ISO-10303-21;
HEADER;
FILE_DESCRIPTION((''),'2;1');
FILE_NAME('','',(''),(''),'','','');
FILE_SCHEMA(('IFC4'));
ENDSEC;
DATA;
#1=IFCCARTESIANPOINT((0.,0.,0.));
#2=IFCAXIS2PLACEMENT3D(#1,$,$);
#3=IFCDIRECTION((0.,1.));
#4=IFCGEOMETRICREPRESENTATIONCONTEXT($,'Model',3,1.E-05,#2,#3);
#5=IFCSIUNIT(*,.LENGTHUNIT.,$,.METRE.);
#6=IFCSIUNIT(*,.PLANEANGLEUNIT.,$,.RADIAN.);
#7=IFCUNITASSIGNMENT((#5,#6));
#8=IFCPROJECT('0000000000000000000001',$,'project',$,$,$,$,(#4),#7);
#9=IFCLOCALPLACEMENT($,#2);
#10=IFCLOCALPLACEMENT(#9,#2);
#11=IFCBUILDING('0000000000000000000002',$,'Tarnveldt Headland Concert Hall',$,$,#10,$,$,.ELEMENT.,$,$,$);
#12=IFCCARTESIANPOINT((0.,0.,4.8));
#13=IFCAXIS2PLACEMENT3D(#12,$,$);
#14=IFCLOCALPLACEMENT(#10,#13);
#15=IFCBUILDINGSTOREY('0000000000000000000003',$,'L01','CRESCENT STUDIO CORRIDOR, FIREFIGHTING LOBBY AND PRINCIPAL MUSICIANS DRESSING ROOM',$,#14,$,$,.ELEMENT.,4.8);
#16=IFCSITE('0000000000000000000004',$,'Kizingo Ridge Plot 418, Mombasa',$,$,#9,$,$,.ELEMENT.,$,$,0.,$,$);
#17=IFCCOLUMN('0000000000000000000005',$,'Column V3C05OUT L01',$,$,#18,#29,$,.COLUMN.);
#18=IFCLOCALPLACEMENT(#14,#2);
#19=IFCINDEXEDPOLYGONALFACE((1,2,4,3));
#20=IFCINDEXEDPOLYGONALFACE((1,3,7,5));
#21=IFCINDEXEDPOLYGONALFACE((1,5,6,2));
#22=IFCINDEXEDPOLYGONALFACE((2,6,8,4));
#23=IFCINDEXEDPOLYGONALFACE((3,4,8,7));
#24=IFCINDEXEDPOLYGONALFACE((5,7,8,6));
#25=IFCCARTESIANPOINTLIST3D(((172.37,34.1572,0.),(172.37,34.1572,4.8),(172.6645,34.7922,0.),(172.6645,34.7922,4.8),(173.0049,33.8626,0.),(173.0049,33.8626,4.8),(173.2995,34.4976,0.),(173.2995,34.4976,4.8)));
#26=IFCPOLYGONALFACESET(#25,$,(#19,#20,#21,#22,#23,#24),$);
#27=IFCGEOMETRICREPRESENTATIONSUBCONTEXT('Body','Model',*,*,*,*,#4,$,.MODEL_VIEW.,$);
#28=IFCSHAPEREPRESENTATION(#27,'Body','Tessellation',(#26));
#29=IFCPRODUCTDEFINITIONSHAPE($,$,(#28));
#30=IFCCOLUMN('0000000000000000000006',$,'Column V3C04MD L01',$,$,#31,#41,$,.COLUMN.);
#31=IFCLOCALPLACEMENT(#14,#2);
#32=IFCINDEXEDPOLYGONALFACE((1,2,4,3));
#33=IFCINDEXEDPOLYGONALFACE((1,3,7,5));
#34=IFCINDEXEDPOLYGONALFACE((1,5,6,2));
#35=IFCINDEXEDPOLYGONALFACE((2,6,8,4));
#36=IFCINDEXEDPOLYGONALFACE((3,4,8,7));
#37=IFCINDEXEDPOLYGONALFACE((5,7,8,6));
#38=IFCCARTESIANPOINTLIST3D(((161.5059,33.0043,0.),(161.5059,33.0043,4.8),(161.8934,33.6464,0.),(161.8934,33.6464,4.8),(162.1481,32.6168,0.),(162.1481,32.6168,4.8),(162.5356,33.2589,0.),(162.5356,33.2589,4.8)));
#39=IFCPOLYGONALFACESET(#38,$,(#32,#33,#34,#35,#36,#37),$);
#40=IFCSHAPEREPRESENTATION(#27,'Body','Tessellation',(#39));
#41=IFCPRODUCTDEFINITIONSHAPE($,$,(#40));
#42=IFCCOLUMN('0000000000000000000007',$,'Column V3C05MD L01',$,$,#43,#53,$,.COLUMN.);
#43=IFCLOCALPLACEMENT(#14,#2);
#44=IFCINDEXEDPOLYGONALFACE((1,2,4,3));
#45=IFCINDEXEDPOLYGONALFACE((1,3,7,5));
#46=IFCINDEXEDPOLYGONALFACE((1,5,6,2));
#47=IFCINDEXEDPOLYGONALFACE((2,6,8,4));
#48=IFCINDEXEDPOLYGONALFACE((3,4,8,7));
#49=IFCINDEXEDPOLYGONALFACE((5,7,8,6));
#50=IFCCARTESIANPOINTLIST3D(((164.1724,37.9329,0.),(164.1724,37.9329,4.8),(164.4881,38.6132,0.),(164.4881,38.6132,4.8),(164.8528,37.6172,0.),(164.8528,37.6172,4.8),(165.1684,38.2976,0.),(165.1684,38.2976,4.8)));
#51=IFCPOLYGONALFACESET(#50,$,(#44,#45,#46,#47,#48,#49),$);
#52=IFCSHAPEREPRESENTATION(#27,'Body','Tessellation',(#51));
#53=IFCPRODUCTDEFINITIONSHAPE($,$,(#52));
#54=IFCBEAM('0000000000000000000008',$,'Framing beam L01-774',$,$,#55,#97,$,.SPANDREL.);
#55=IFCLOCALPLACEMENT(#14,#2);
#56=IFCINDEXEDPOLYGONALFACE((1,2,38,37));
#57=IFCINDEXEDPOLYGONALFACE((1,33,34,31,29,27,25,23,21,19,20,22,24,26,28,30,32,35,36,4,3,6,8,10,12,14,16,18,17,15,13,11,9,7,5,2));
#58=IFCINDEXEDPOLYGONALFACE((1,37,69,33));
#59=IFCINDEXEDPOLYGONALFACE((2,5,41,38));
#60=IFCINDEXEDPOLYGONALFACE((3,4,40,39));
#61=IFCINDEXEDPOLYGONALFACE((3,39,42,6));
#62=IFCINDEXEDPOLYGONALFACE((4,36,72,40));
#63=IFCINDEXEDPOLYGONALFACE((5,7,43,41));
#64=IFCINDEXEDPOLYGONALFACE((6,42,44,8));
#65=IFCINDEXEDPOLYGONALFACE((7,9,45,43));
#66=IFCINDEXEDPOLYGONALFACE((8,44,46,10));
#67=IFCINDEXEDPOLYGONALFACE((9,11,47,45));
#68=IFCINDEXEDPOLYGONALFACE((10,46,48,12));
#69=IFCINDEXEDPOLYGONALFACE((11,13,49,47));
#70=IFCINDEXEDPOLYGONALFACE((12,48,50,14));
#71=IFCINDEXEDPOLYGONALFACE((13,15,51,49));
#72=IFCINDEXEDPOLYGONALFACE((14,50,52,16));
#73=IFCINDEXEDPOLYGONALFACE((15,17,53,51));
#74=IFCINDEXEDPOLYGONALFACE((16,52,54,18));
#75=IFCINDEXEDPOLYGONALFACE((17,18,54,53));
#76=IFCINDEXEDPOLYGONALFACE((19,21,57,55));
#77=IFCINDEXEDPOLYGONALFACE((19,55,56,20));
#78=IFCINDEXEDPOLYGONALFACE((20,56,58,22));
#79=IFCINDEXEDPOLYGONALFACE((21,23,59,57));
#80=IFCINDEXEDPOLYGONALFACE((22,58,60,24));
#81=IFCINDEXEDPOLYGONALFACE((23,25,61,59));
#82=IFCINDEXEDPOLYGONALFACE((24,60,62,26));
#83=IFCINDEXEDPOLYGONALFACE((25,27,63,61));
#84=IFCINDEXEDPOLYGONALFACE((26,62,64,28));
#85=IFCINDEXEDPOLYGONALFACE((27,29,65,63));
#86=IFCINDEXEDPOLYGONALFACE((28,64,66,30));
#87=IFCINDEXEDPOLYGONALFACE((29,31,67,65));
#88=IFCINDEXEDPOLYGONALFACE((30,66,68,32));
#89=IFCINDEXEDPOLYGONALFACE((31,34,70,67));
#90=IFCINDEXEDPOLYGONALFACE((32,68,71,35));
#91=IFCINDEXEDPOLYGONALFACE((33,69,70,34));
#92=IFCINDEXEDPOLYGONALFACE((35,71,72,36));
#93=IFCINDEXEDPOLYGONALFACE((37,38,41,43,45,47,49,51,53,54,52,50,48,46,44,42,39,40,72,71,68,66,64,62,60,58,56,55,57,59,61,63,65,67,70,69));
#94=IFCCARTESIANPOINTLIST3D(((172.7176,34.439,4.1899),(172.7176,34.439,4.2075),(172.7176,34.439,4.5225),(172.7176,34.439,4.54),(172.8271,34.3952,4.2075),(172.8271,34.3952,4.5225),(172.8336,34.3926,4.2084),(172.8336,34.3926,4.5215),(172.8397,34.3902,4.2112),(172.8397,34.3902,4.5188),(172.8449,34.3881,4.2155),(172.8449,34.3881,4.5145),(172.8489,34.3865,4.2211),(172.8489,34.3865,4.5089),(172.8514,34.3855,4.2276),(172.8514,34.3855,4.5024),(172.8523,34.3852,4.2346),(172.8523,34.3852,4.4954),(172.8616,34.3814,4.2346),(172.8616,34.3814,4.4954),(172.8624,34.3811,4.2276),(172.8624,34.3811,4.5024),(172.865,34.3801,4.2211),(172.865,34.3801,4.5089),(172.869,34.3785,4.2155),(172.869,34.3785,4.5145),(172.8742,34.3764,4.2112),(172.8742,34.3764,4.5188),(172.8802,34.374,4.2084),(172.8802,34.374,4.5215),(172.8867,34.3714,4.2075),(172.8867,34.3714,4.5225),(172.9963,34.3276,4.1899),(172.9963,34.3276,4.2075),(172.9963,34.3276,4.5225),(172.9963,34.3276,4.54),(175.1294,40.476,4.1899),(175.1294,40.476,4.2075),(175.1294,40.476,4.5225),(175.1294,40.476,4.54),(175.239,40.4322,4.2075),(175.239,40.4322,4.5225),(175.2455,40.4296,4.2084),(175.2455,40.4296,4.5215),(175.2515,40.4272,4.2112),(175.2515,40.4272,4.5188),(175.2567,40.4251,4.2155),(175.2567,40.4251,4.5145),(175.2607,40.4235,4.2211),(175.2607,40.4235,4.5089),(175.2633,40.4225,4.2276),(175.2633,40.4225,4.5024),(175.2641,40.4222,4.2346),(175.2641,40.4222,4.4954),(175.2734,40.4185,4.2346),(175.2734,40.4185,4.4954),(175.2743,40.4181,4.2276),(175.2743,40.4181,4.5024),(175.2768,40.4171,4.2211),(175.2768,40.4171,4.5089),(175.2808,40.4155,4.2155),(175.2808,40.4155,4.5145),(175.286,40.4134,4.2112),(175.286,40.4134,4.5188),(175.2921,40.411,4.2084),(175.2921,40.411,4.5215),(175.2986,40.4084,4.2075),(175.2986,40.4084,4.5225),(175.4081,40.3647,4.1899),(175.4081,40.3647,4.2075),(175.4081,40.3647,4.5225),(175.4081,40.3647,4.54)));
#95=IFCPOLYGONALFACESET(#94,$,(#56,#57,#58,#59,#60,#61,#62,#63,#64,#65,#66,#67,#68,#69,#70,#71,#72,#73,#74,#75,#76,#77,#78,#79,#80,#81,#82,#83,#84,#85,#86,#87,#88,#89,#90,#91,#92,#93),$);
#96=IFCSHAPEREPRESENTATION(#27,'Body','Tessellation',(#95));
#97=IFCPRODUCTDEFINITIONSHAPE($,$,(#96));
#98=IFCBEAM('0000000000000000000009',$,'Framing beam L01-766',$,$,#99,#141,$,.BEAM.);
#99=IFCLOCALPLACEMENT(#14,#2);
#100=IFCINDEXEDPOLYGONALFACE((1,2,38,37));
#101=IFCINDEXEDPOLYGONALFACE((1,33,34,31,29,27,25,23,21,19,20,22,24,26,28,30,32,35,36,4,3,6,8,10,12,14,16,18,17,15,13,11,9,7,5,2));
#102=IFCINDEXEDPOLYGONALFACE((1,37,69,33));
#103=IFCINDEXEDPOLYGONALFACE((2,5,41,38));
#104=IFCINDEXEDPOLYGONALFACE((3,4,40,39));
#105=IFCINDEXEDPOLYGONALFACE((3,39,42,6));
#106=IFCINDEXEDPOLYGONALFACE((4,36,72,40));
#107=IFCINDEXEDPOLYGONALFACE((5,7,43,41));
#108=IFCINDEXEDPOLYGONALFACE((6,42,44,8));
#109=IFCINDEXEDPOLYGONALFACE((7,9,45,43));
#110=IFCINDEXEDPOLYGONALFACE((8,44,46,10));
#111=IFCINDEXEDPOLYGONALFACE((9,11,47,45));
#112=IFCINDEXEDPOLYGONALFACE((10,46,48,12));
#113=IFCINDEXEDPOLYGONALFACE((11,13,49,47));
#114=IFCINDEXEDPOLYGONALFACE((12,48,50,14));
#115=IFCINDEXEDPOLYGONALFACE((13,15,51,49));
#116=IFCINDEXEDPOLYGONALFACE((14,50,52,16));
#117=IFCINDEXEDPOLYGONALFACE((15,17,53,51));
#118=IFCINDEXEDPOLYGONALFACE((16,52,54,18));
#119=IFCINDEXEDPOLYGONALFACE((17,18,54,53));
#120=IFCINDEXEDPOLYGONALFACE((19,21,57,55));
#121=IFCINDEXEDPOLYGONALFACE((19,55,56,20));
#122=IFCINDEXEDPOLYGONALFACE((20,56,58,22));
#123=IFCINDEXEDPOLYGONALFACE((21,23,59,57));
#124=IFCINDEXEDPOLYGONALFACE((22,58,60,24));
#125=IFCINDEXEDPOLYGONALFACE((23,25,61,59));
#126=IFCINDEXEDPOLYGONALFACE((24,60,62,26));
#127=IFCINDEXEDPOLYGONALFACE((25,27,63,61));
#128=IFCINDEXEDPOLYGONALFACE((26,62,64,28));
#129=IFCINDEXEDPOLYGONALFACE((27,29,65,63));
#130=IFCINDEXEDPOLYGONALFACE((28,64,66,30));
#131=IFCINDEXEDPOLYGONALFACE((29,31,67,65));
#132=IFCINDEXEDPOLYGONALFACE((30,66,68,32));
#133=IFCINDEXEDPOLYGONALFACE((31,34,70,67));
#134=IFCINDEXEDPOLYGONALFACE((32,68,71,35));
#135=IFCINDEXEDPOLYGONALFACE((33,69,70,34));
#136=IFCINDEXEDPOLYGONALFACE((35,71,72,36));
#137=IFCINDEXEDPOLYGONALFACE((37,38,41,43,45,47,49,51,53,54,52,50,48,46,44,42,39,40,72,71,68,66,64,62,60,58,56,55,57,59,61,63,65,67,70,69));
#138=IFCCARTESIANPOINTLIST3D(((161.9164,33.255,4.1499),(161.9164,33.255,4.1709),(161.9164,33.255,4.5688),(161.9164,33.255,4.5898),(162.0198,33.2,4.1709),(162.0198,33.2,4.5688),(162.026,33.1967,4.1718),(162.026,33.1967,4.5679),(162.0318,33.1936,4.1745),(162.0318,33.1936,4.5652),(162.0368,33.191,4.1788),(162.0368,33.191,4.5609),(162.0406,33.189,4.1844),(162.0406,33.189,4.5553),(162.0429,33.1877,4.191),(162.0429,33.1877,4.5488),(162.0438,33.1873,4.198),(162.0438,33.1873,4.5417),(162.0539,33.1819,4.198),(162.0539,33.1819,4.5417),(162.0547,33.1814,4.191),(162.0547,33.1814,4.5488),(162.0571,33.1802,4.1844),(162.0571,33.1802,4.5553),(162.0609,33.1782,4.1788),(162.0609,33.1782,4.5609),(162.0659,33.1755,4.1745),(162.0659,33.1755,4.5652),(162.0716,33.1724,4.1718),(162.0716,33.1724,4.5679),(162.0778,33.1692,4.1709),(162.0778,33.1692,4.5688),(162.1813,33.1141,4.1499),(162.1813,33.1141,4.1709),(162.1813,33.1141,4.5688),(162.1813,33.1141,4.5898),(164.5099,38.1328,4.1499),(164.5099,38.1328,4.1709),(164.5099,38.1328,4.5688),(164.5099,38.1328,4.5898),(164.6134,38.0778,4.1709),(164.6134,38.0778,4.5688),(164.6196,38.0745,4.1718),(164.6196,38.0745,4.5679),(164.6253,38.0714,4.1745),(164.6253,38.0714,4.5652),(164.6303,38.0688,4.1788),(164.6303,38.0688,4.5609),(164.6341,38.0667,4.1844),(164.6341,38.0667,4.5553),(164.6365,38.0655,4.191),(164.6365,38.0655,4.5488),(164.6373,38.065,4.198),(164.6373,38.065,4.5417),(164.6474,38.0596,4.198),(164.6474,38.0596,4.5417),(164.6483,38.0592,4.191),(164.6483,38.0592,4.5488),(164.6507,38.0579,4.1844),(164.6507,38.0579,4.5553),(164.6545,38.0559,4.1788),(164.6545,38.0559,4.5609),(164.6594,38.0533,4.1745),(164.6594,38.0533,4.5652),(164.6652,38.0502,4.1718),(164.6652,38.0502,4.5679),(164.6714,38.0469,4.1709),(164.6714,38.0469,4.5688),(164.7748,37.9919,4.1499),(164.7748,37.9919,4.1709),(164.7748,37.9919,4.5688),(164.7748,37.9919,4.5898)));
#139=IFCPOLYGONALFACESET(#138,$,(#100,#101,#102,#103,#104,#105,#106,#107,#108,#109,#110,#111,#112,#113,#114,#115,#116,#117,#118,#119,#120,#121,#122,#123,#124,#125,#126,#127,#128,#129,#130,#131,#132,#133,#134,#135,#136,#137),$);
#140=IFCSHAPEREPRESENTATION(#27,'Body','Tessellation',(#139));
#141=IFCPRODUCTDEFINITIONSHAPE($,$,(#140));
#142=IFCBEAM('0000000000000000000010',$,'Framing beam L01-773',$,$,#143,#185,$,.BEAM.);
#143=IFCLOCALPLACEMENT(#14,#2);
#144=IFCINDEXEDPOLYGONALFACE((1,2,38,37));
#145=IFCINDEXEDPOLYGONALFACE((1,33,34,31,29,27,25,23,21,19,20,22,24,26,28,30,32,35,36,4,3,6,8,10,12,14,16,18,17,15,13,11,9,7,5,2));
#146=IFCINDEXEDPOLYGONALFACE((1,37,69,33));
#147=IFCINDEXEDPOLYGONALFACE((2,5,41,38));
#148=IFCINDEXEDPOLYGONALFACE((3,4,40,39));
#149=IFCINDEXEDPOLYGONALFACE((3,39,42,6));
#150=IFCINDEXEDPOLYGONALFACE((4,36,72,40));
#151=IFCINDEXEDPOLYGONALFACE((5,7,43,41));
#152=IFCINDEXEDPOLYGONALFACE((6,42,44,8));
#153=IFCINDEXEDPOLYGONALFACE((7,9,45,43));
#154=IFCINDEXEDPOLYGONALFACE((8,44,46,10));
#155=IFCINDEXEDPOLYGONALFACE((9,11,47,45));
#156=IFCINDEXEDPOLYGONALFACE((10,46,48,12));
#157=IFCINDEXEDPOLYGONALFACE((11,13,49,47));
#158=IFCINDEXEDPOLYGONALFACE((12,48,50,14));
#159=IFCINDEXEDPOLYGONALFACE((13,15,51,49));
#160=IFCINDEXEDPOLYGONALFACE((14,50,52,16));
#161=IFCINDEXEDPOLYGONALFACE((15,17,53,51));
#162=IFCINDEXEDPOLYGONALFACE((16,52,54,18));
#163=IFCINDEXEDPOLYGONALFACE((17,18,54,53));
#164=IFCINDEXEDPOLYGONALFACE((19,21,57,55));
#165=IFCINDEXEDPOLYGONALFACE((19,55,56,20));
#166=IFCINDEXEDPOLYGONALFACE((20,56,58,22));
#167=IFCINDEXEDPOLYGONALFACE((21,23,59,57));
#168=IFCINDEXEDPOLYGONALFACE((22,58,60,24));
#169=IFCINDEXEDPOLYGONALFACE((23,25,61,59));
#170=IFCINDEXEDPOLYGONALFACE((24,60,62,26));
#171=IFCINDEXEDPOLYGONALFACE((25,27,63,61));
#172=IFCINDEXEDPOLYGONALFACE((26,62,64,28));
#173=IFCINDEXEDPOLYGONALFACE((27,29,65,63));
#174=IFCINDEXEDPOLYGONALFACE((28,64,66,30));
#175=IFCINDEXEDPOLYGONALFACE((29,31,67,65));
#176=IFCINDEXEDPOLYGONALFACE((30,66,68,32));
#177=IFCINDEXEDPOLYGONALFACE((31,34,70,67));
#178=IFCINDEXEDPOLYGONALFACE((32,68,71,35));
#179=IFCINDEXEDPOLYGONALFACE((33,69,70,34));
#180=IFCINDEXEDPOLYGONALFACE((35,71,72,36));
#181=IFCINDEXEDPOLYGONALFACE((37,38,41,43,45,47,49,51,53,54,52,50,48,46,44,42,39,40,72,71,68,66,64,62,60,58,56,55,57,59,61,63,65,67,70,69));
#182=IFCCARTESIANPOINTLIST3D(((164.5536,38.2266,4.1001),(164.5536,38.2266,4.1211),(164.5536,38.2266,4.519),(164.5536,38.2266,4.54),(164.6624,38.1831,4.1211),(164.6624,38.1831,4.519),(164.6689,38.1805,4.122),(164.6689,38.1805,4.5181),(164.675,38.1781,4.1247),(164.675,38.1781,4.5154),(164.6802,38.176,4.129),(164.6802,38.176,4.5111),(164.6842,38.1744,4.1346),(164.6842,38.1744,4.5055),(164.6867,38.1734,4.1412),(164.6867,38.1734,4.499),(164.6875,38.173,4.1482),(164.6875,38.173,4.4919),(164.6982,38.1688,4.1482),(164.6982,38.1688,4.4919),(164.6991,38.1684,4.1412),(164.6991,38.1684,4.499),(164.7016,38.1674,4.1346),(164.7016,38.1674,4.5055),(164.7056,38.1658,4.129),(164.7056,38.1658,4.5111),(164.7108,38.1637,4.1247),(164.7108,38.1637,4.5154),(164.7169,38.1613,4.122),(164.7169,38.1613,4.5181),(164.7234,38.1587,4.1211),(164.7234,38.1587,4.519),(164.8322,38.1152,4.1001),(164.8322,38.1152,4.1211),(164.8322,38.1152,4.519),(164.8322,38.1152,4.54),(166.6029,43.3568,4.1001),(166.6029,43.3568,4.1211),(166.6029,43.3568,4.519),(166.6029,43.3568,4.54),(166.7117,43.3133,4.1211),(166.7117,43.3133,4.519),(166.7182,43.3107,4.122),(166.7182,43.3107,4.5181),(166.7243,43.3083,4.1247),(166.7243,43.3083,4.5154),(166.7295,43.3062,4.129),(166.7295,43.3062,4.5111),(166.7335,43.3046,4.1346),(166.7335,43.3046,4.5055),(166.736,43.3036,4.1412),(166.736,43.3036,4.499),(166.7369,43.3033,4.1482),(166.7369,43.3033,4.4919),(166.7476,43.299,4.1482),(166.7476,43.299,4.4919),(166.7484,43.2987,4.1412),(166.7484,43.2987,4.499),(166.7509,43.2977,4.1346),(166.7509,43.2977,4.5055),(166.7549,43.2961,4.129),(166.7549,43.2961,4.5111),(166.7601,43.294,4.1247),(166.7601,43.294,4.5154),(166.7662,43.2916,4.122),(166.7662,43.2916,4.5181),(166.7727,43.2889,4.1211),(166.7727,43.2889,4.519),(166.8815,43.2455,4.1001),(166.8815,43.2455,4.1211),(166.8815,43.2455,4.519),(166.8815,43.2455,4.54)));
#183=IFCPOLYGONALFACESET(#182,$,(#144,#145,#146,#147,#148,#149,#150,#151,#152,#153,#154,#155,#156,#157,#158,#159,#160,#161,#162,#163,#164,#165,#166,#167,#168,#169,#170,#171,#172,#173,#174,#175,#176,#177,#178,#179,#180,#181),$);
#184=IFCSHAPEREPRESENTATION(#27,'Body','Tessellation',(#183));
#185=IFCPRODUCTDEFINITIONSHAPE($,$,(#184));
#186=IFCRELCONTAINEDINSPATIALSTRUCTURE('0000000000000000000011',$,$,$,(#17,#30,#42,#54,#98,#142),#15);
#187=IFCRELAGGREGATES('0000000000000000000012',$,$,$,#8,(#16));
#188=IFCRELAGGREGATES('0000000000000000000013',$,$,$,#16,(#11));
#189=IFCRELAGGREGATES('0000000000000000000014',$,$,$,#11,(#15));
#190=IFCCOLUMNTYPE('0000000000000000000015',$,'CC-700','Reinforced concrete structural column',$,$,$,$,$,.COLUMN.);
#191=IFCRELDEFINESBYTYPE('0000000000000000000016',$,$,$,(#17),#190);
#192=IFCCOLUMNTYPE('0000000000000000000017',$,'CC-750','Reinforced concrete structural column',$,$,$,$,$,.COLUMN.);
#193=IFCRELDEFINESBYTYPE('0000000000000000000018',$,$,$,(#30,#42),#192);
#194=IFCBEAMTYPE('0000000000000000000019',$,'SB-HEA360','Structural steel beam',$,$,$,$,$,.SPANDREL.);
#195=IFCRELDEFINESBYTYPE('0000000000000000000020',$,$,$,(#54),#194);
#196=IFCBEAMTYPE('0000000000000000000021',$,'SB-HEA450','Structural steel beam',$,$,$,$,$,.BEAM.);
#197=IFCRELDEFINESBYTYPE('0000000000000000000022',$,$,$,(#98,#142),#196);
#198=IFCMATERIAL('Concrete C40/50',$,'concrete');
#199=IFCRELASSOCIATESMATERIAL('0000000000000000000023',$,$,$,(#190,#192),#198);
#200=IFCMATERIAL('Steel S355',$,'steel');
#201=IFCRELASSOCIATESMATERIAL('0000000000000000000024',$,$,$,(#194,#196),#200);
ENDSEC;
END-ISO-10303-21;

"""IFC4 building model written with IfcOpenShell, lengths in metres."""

from ifc_helpers import new_model, si_unit, direction, frame, origin, origin_2d, place, context, subcontext, project, spatial, rectangle, i_section, extrude, material, material_profile, profile_set, type_object, element, save


model = new_model("IFC4")

# Units and contexts
model_context = context("Model", 3, precision=1e-05, world=origin(), true_north=direction((0.0, 1.0)))
body_context = subcontext(model_context, "Body", "Model", "MODEL_VIEW")
ifc_project = project(units=[si_unit("LENGTHUNIT", "METRE"), si_unit("PLANEANGLEUNIT", "RADIAN")], contexts=[model_context])

# Site, building, storey
site_placement = place(None, origin())
site = spatial("IfcSite", under=ifc_project, at=site_placement, Name="Kizingo Ridge Plot 418, Mombasa", CompositionType="ELEMENT", RefElevation=0.0)
building_placement = place(site_placement, origin())
building = spatial("IfcBuilding", under=site, at=building_placement, Name="Tarnveldt Headland Concert Hall", CompositionType="ELEMENT")
storey_placement = place(building_placement, frame((0.0, 0.0, 4.8)))
storey = spatial("IfcBuildingStorey", under=building, at=storey_placement, Name="L01", Description="CRESCENT STUDIO CORRIDOR, FIREFIGHTING LOBBY AND PRINCIPAL MUSICIANS DRESSING ROOM", CompositionType="ELEMENT", Elevation=4.8)

# Columns
ifc_material_1 = material(Name="Concrete C40/50", Category="concrete")
ifc_material_profile_1 = material_profile(ifc_material_1, rectangle(XDim=0.7, YDim=0.7, at=origin_2d()), Name="RC 700x700", Category="concrete")
ifc_profile_set_1 = profile_set([ifc_material_profile_1], Name="Concrete C40/50")
column_type_1 = type_object("IfcColumnType", Name="CC-700", Description="Reinforced concrete structural column", PredefinedType="COLUMN", material=ifc_profile_set_1)
column_placement = place(storey_placement, frame((172.8347, 34.3274, 0.0), z_axis=(0.0, 0.0, 1.0), x_axis=(0.907117, -0.420877, 0.0)))
element("IfcColumn", 1, at=column_placement, inside=storey, type_object=column_type_1, Name="Column V3C05OUT L01", PredefinedType="COLUMN", context=body_context, shape_type="SweptSolid", body=[
    extrude(rectangle(XDim=0.7, YDim=0.7, at=origin_2d()), origin(), (0.0, 0.0, 1.0), 4.8),
])
ifc_material_profile_2 = material_profile(ifc_material_1, rectangle(XDim=0.75, YDim=0.75, at=origin_2d()), Name="RC 750x750", Category="concrete")
ifc_profile_set_2 = profile_set([ifc_material_profile_2], Name="Concrete C40/50")
column_type_2 = type_object("IfcColumnType", Name="CC-750", Description="Reinforced concrete structural column", PredefinedType="COLUMN", material=ifc_profile_set_2)
for number, where, z_axis, x_axis, name in (
    (2, (162.0208, 33.1316, 0.0), (0.0, 0.0, 1.0), (0.856177, -0.516683, 0.0), "Column V3C04MD L01"),
    (3, (164.6704, 38.1152, 0.0), (0.0, 0.0, 1.0), (0.907117, -0.420877, 0.0), "Column V3C05MD L01"),
):
    element("IfcColumn", number, at=place(storey_placement, frame(where, z_axis=z_axis, x_axis=x_axis)), inside=storey, type_object=column_type_2, Name=name, PredefinedType="COLUMN", context=body_context, shape_type="SweptSolid", body=[
        extrude(rectangle(XDim=0.75, YDim=0.75, at=origin_2d()), origin(), (0.0, 0.0, 1.0), 4.8),
    ])

# Beams
ifc_material_2 = material(Name="Steel S355", Category="steel")
ifc_material_profile_3 = material_profile(ifc_material_2, i_section(OverallWidth=0.3, OverallDepth=0.3501, WebThickness=0.01, FlangeThickness=0.0176, FilletRadius=0.0271, at=origin_2d()), Name="HEA360", Category="steel")
ifc_profile_set_3 = profile_set([ifc_material_profile_3], Name="Steel S355")
beam_type_1 = type_object("IfcBeamType", Name="SB-HEA360", Description="Structural steel beam", PredefinedType="SPANDREL", material=ifc_profile_set_3)
beam_1_placement = place(storey_placement, frame((172.8569, 34.3833, 4.365), z_axis=(0.370996, 0.928635, 0.0), x_axis=(-0.928635, 0.370996, 0.0)))
element("IfcBeam", 4, at=beam_1_placement, inside=storey, type_object=beam_type_1, Name="Framing beam L01-774", PredefinedType="SPANDREL", context=body_context, shape_type="SweptSolid", body=[
    extrude(i_section(OverallWidth=0.3, OverallDepth=0.3501, WebThickness=0.01, FlangeThickness=0.0176, FilletRadius=0.0271, at=origin_2d()), origin(), (0.0, 0.0, 1.0), 6.501),
])
ifc_material_profile_4 = material_profile(ifc_material_2, i_section(OverallWidth=0.3, OverallDepth=0.4399, WebThickness=0.0115, FlangeThickness=0.021, FilletRadius=0.0271, at=origin_2d()), Name="HEA450", Category="steel")
ifc_profile_set_4 = profile_set([ifc_material_profile_4], Name="Steel S355")
beam_type_2 = type_object("IfcBeamType", Name="SB-HEA450", Description="Structural steel beam", PredefinedType="BEAM", material=ifc_profile_set_4)
for number, where, z_axis, x_axis, name in (
    (5, (162.0488, 33.1846, 4.3699), (0.469471, 0.882948, 0.0), (-0.882948, 0.469471, 0.0), "Framing beam L01-766"),
    (6, (164.6929, 38.1709, 4.3201), (0.370964, 0.928647, 0.0), (-0.928647, 0.370964, 0.0), "Framing beam L01-773"),
):
    element("IfcBeam", number, at=place(storey_placement, frame(where, z_axis=z_axis, x_axis=x_axis)), inside=storey, type_object=beam_type_2, Name=name, PredefinedType="BEAM", context=body_context, shape_type="SweptSolid", body=[
        extrude(i_section(OverallWidth=0.3, OverallDepth=0.4399, WebThickness=0.0115, FlangeThickness=0.021, FilletRadius=0.0271, at=origin_2d()), origin(), (0.0, 0.0, 1.0), 5.5244),
    ])

save(model, "model.ifc")
